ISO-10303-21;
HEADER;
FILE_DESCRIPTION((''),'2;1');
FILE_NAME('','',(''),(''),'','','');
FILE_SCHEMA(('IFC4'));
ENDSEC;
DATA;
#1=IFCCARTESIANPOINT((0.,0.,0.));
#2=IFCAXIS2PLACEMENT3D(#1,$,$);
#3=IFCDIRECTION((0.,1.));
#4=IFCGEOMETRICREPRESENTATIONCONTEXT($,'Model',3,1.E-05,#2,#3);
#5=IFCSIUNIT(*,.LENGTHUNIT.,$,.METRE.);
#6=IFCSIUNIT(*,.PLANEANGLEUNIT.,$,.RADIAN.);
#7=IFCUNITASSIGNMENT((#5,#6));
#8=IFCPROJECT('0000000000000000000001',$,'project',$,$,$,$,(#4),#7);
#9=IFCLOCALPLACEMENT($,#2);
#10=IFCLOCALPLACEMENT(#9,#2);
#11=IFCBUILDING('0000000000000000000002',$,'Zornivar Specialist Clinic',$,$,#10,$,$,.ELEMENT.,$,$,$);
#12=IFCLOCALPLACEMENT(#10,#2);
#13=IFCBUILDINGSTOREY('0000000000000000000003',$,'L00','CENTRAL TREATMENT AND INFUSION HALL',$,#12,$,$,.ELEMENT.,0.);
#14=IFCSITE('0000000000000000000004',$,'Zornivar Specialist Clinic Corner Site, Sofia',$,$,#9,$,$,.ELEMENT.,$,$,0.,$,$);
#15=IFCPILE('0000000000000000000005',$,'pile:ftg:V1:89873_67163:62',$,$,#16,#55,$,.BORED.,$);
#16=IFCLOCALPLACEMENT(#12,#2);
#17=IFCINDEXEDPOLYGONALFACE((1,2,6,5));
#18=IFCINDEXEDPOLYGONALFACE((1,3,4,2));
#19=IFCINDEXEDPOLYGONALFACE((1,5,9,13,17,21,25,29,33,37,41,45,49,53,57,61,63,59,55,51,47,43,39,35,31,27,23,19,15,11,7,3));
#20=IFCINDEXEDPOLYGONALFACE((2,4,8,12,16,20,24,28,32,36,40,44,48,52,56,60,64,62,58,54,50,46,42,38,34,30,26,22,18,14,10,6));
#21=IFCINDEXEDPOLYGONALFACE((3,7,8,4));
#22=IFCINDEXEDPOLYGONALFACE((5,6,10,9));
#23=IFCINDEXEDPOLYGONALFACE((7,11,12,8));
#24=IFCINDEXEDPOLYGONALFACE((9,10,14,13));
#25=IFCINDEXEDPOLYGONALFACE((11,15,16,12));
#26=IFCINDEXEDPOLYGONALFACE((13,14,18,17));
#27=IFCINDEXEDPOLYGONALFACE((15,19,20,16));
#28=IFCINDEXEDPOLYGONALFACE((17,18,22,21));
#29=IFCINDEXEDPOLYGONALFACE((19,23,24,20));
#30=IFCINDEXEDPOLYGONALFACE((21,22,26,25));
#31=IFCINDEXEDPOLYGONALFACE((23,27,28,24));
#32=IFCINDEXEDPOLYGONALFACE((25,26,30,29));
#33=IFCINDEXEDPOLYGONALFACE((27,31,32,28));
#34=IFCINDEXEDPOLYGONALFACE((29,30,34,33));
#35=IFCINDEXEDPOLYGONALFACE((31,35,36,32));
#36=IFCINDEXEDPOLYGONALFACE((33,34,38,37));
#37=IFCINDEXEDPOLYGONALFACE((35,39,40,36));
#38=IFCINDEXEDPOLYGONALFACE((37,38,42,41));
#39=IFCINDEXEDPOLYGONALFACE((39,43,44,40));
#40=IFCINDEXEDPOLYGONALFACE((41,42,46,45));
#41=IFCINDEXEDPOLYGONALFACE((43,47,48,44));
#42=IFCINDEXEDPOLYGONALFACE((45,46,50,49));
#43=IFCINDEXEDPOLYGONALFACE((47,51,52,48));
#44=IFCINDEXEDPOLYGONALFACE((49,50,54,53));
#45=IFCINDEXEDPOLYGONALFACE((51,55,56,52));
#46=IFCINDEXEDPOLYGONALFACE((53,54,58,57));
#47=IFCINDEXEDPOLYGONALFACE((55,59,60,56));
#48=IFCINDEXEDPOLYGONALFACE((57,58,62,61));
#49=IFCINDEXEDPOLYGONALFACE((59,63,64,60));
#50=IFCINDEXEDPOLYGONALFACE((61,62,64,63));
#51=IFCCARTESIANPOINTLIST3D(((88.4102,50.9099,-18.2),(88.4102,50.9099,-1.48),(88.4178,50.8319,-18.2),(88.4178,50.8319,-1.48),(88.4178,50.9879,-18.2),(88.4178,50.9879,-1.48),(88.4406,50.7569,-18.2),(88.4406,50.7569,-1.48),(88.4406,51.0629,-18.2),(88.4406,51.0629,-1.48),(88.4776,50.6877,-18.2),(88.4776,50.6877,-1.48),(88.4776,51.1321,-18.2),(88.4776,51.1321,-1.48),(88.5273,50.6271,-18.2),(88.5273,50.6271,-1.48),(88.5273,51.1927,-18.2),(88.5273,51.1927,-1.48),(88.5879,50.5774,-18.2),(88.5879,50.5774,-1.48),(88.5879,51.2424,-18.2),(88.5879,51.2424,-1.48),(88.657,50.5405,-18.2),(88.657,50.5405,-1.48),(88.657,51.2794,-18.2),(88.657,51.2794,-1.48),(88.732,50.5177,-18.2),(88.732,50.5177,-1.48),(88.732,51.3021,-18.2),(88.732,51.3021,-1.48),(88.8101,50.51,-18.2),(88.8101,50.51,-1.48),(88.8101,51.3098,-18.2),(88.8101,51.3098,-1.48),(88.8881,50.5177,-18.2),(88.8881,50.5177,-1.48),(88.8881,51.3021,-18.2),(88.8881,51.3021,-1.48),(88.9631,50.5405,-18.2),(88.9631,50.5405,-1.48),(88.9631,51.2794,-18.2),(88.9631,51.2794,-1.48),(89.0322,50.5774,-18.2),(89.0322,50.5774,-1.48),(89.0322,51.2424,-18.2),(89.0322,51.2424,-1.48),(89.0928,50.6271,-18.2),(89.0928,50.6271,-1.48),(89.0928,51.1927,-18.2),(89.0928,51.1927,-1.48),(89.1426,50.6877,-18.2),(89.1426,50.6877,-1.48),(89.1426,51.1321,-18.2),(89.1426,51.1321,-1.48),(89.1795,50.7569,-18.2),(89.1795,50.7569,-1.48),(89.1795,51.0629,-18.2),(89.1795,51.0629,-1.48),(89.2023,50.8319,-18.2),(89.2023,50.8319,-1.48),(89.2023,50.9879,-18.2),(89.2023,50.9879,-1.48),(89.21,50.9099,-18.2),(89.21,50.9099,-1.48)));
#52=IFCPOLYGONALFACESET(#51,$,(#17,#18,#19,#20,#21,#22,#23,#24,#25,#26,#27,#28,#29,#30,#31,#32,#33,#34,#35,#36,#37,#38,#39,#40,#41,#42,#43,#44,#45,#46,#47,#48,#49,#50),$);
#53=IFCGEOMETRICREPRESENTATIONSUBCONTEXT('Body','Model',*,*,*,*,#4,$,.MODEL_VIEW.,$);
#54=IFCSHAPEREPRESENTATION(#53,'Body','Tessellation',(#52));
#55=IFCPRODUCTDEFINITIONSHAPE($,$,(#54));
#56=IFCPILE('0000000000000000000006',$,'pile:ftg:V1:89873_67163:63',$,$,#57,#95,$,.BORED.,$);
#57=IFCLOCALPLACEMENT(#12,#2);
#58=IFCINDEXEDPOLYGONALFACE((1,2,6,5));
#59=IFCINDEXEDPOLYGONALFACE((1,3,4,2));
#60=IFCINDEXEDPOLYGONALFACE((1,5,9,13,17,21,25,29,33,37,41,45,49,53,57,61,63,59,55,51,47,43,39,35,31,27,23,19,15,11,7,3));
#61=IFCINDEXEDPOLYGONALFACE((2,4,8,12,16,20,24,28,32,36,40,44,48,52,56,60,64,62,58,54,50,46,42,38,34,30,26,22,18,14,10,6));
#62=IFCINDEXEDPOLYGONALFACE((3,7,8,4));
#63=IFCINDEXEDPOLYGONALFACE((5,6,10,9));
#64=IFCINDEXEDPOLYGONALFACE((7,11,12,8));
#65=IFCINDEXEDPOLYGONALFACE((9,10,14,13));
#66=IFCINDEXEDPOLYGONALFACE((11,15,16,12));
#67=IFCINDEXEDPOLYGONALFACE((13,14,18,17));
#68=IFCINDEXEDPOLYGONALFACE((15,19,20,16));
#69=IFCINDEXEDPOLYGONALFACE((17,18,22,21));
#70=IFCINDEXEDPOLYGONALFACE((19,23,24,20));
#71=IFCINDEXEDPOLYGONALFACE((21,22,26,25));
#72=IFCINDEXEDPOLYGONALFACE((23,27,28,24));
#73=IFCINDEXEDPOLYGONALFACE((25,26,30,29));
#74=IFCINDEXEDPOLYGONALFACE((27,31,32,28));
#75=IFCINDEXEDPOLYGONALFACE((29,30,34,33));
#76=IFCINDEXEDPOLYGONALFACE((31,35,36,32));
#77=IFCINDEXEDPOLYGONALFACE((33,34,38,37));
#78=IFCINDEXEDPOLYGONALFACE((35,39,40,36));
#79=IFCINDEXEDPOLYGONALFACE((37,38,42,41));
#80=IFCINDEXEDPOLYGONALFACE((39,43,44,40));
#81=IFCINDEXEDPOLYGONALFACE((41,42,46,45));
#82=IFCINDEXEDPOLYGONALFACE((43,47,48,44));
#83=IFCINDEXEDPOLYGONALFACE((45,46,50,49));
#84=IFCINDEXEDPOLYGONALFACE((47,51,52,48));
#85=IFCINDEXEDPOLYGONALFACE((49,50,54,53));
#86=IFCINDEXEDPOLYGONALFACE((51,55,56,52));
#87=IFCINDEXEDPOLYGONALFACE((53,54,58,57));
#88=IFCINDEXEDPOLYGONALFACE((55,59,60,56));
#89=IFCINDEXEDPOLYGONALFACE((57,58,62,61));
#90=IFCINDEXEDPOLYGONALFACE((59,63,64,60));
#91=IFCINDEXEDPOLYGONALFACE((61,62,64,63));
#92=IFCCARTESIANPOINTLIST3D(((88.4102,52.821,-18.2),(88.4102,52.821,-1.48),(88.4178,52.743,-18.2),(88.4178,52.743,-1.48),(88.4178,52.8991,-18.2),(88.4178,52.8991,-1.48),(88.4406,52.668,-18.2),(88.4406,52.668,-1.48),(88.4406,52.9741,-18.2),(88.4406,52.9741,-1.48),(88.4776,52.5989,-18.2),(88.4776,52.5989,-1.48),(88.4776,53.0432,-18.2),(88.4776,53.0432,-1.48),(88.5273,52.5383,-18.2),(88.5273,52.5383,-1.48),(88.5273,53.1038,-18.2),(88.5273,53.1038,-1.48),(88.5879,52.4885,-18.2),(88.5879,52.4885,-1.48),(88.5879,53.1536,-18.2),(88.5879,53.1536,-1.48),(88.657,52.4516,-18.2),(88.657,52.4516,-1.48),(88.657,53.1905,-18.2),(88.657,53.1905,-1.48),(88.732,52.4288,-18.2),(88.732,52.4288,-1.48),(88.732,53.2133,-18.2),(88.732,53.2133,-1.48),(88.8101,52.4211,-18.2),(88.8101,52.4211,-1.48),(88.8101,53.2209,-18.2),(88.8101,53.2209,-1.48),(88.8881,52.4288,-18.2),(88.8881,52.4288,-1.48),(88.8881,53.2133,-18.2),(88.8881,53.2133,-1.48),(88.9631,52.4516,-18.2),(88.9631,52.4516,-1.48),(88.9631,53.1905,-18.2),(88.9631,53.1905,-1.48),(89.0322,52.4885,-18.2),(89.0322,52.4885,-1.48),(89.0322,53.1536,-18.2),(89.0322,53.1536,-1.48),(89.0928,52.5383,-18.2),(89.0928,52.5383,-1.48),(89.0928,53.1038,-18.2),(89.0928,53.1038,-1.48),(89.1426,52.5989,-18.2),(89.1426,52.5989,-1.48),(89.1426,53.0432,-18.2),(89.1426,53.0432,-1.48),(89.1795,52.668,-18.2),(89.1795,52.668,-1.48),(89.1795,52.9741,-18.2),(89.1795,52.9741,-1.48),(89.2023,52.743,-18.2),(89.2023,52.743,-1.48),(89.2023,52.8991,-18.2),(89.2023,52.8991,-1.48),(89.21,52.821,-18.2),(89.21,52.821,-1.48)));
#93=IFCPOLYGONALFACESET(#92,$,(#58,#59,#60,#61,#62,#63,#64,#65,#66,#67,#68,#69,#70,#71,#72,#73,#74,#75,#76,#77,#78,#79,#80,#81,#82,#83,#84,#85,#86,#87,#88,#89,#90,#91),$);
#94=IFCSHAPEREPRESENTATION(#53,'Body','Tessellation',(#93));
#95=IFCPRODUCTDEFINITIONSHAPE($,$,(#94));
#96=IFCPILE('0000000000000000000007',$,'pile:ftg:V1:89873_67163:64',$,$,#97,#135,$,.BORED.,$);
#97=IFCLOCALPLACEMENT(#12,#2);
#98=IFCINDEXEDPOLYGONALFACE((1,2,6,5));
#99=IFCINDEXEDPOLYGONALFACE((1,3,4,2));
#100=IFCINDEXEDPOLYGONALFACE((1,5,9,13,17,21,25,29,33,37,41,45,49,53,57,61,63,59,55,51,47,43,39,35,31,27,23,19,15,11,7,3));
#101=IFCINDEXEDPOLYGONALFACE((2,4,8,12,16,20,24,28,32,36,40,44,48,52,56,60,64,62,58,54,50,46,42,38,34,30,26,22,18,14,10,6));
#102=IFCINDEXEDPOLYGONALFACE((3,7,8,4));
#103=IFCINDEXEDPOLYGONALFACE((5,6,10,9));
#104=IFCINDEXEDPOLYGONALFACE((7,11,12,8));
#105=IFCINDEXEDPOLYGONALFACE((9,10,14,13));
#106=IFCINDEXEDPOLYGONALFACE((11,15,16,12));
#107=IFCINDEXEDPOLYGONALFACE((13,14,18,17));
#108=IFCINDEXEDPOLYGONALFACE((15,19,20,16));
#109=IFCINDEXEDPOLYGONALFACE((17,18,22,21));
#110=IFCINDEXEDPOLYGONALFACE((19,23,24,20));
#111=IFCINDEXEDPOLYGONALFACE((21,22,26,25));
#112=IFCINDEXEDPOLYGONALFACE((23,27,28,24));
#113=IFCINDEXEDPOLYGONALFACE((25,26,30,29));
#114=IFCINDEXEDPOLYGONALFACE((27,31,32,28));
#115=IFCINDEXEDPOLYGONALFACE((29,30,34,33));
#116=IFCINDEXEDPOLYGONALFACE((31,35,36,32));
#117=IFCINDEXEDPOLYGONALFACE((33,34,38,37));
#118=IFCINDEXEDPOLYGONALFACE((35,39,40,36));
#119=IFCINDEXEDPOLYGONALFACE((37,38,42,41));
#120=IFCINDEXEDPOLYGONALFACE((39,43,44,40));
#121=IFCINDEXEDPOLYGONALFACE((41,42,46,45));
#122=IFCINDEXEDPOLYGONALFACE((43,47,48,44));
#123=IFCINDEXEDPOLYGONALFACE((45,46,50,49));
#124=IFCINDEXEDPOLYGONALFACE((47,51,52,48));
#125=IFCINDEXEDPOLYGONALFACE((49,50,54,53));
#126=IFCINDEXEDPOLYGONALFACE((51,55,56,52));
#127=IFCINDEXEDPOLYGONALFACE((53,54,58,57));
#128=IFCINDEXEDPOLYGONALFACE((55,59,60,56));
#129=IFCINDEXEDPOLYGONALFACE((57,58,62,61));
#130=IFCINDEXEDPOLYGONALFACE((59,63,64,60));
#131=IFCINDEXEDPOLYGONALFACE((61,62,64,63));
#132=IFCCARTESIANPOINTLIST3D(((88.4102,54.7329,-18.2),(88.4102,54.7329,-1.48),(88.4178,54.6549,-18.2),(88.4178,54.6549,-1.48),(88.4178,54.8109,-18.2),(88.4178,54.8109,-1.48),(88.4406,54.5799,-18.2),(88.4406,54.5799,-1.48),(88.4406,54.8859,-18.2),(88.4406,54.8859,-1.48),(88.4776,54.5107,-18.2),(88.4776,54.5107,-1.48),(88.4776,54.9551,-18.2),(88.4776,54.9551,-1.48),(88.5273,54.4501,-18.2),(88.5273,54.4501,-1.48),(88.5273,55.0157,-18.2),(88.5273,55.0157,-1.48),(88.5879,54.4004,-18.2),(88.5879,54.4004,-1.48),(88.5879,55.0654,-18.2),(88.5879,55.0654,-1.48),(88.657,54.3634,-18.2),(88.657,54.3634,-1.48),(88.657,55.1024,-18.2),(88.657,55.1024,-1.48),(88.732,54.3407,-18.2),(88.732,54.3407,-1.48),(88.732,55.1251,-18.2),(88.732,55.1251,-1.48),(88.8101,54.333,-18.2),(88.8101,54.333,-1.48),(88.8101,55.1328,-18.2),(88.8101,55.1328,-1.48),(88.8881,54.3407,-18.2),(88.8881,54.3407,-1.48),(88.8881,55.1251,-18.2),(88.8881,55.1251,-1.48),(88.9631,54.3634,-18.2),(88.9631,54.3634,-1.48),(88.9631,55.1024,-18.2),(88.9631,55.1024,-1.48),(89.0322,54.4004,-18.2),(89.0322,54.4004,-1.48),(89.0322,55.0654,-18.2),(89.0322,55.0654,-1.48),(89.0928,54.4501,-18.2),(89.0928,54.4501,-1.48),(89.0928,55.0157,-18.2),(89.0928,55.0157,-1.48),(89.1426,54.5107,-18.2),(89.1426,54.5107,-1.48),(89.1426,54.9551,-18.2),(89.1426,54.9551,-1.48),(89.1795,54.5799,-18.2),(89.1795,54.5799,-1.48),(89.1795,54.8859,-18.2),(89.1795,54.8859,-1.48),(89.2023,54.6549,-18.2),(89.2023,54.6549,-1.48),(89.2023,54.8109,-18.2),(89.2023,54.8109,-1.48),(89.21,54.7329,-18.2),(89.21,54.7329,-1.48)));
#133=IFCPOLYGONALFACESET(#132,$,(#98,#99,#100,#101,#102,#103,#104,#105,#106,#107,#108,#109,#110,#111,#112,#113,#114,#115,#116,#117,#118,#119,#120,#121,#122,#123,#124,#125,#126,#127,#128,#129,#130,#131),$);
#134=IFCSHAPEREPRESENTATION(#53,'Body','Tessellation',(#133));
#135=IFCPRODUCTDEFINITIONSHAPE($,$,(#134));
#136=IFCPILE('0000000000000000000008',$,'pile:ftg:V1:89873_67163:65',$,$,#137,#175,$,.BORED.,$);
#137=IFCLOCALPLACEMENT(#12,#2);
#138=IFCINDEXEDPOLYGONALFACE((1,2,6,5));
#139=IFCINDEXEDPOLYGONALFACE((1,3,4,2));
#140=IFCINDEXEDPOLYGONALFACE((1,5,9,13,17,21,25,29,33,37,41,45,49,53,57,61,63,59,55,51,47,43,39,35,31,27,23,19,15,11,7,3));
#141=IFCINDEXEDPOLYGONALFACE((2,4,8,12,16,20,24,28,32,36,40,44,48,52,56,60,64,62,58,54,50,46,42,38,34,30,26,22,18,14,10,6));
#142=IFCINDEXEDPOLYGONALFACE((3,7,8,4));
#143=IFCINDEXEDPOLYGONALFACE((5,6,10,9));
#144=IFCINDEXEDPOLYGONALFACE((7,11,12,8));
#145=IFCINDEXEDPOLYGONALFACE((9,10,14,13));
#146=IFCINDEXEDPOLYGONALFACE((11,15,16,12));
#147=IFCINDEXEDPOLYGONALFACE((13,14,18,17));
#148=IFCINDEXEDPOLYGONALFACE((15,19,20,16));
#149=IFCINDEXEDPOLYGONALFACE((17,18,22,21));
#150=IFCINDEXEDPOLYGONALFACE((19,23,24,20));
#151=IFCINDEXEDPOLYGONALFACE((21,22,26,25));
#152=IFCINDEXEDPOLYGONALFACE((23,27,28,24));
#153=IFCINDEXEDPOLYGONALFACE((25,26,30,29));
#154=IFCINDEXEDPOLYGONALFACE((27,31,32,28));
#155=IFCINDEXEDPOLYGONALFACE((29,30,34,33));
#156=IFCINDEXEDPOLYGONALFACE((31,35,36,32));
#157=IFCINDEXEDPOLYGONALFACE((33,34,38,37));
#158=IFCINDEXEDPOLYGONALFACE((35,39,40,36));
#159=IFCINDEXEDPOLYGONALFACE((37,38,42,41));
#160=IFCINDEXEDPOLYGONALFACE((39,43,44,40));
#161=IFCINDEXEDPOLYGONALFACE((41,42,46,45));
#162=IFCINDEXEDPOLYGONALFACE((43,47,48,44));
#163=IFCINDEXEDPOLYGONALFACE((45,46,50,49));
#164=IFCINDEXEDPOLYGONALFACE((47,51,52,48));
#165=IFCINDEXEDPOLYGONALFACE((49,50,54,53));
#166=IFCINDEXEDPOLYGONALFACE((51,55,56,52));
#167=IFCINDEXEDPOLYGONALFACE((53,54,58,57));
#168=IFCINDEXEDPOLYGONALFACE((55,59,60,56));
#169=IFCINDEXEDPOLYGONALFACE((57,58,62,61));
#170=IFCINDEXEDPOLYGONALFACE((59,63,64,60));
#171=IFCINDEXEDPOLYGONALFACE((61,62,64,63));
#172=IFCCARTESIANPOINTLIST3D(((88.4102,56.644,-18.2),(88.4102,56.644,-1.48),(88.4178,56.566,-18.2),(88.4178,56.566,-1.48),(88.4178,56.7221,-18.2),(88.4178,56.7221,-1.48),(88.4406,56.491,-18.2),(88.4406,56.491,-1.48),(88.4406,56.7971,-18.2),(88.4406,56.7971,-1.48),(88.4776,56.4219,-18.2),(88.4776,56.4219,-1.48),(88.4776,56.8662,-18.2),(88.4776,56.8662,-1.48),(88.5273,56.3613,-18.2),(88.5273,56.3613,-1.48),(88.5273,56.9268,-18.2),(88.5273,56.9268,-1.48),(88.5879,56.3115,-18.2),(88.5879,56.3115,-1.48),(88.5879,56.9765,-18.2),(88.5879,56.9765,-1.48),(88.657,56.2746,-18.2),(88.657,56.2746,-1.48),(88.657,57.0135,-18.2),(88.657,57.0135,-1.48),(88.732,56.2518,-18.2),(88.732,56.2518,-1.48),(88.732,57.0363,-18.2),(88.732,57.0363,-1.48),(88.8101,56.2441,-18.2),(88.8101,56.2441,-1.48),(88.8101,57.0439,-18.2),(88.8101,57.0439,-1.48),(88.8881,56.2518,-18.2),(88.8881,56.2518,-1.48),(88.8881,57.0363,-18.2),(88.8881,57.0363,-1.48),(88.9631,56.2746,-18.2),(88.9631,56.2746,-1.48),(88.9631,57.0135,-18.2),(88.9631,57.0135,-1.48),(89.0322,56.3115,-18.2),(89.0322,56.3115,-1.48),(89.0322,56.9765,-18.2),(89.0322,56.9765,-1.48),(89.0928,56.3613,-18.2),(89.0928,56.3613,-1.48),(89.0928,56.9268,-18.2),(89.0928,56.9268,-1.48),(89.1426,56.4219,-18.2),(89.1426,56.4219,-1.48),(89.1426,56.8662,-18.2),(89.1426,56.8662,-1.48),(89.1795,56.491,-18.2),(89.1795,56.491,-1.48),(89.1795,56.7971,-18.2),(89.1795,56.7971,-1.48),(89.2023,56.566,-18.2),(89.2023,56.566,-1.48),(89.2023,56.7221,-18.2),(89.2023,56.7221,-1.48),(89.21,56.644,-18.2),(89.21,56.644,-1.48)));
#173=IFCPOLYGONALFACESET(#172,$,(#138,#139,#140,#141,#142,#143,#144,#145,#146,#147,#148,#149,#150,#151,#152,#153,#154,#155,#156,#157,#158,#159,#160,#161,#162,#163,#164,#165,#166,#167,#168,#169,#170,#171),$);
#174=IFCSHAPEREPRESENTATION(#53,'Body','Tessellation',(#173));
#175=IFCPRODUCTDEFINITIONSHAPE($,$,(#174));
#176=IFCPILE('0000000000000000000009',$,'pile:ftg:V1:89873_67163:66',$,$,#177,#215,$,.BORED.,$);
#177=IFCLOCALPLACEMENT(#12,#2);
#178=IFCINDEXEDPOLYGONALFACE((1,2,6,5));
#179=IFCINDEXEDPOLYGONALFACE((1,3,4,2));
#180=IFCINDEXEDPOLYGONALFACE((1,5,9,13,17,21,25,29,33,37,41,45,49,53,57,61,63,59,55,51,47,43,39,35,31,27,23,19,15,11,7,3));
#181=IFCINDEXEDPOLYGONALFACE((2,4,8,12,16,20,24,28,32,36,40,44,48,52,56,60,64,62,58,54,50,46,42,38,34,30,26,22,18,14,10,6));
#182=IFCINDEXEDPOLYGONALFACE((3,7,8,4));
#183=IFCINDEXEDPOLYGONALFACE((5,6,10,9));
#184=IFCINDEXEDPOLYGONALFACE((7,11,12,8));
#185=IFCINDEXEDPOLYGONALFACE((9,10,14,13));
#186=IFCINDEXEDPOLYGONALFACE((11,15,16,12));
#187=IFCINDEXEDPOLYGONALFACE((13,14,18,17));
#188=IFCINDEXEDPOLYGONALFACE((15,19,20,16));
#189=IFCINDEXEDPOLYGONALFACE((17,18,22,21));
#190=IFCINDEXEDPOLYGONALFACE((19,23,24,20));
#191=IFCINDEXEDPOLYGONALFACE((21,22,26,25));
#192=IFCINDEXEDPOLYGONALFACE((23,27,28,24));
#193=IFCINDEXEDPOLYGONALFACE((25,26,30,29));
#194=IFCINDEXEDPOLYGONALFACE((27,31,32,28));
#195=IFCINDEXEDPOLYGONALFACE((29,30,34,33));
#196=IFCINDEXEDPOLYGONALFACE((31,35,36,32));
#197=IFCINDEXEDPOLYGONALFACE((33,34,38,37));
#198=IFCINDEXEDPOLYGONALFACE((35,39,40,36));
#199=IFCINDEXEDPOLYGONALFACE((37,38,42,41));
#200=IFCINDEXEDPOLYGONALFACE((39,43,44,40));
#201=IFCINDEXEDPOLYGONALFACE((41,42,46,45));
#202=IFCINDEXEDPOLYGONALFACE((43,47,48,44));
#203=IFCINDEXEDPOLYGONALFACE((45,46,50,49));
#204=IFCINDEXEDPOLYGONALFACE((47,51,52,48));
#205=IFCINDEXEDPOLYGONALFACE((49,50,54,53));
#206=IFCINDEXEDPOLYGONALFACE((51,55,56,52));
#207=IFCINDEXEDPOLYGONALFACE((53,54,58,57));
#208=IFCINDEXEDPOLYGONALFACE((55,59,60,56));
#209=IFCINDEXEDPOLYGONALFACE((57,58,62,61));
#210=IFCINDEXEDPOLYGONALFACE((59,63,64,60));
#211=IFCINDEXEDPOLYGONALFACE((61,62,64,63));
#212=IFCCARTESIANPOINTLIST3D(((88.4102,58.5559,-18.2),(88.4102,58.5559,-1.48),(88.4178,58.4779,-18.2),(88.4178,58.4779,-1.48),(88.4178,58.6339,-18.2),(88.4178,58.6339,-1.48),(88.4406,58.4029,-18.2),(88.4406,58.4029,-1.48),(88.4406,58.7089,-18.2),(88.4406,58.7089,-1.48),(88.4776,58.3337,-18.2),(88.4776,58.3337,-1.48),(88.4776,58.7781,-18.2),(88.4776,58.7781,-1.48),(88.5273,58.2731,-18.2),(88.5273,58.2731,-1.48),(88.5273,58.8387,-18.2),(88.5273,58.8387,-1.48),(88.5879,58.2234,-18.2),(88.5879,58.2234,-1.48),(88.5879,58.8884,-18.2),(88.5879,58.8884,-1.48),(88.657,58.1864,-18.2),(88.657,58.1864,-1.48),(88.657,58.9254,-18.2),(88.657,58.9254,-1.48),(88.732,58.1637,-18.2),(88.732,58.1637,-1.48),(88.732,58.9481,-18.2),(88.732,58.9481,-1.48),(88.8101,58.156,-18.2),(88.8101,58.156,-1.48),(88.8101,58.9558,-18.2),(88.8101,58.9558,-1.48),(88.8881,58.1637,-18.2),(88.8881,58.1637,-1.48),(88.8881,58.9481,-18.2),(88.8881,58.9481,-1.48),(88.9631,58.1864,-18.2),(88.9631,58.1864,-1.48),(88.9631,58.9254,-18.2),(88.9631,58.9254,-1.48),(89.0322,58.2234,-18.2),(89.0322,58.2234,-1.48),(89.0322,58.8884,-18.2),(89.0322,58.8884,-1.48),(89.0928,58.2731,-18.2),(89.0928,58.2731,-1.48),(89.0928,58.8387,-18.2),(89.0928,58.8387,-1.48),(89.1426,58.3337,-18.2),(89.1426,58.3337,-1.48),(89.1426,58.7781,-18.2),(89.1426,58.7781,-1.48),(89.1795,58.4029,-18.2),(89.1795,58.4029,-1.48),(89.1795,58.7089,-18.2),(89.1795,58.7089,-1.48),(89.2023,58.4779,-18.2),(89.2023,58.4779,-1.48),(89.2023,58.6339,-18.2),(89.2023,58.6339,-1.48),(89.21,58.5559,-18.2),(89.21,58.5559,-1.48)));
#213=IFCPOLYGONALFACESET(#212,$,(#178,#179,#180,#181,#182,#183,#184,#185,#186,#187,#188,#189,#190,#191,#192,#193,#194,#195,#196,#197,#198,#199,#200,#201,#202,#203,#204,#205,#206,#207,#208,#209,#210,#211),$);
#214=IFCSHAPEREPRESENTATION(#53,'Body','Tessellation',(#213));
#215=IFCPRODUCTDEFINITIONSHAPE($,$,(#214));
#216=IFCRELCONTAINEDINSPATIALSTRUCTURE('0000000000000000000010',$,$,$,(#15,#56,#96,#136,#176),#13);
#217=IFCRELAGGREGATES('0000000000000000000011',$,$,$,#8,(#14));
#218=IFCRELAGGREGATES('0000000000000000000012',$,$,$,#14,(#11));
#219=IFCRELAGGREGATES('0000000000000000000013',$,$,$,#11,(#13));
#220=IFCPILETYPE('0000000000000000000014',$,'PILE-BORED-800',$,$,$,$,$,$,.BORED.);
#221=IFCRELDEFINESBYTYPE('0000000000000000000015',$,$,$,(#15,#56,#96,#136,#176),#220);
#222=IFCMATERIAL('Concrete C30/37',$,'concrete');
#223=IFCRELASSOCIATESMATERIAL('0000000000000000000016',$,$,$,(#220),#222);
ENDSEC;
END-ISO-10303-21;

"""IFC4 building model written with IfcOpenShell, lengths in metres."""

from ifc_helpers import new_model, si_unit, direction, frame, origin, origin_2d, place, context, subcontext, project, spatial, circle, extrude, material, material_profile, profile_set, type_object, element, save


model = new_model("IFC4")

# Units and contexts
model_context = context("Model", 3, precision=1e-05, world=origin(), true_north=direction((0.0, 1.0)))
body_context = subcontext(model_context, "Body", "Model", "MODEL_VIEW")
ifc_project = project(units=[si_unit("LENGTHUNIT", "METRE"), si_unit("PLANEANGLEUNIT", "RADIAN")], contexts=[model_context])

# Site, building, storey
site_placement = place(None, origin())
site = spatial("IfcSite", under=ifc_project, at=site_placement, Name="Zornivar Specialist Clinic Corner Site, Sofia", CompositionType="ELEMENT", RefElevation=0.0)
building_placement = place(site_placement, origin())
building = spatial("IfcBuilding", under=site, at=building_placement, Name="Zornivar Specialist Clinic", CompositionType="ELEMENT")
storey_placement = place(building_placement, origin())
storey = spatial("IfcBuildingStorey", under=building, at=storey_placement, Name="L00", Description="CENTRAL TREATMENT AND INFUSION HALL", CompositionType="ELEMENT", Elevation=0.0)

# Piles
ifc_material_1 = material(Name="Concrete C30/37", Category="concrete")
ifc_material_profile_1 = material_profile(ifc_material_1, circle(Radius=0.3999, at=origin_2d()), Name="PILE D800")
ifc_profile_set_1 = profile_set([ifc_material_profile_1], Name="Concrete C30/37")
pile_type = type_object("IfcPileType", Name="PILE-BORED-800", PredefinedType="BORED", material=ifc_profile_set_1)
for number, where, z_axis, x_axis, name in (
    (1, (88.8101, 50.9099, -1.48), (0.0, 0.0, -1.0), (1.0, 0.0, 0.0), "pile:ftg:V1:89873_67163:62"),
    (2, (88.8101, 52.821, -1.48), (0.0, 0.0, -1.0), (1.0, 0.0, 0.0), "pile:ftg:V1:89873_67163:63"),
    (3, (88.8101, 54.7329, -1.48), (0.0, 0.0, -1.0), (1.0, 0.0, 0.0), "pile:ftg:V1:89873_67163:64"),
    (4, (88.8101, 56.644, -1.48), (0.0, 0.0, -1.0), (1.0, 0.0, 0.0), "pile:ftg:V1:89873_67163:65"),
    (5, (88.8101, 58.5559, -1.48), (0.0, 0.0, -1.0), (1.0, 0.0, 0.0), "pile:ftg:V1:89873_67163:66"),
):
    element("IfcPile", number, at=place(storey_placement, frame(where, z_axis=z_axis, x_axis=x_axis)), inside=storey, type_object=pile_type, Name=name, PredefinedType="BORED", context=body_context, shape_type="SweptSolid", body=[
        extrude(circle(Radius=0.3999, at=origin_2d()), origin(), (0.0, 0.0, 1.0), 16.72),
    ])

save(model, "model.ifc")
